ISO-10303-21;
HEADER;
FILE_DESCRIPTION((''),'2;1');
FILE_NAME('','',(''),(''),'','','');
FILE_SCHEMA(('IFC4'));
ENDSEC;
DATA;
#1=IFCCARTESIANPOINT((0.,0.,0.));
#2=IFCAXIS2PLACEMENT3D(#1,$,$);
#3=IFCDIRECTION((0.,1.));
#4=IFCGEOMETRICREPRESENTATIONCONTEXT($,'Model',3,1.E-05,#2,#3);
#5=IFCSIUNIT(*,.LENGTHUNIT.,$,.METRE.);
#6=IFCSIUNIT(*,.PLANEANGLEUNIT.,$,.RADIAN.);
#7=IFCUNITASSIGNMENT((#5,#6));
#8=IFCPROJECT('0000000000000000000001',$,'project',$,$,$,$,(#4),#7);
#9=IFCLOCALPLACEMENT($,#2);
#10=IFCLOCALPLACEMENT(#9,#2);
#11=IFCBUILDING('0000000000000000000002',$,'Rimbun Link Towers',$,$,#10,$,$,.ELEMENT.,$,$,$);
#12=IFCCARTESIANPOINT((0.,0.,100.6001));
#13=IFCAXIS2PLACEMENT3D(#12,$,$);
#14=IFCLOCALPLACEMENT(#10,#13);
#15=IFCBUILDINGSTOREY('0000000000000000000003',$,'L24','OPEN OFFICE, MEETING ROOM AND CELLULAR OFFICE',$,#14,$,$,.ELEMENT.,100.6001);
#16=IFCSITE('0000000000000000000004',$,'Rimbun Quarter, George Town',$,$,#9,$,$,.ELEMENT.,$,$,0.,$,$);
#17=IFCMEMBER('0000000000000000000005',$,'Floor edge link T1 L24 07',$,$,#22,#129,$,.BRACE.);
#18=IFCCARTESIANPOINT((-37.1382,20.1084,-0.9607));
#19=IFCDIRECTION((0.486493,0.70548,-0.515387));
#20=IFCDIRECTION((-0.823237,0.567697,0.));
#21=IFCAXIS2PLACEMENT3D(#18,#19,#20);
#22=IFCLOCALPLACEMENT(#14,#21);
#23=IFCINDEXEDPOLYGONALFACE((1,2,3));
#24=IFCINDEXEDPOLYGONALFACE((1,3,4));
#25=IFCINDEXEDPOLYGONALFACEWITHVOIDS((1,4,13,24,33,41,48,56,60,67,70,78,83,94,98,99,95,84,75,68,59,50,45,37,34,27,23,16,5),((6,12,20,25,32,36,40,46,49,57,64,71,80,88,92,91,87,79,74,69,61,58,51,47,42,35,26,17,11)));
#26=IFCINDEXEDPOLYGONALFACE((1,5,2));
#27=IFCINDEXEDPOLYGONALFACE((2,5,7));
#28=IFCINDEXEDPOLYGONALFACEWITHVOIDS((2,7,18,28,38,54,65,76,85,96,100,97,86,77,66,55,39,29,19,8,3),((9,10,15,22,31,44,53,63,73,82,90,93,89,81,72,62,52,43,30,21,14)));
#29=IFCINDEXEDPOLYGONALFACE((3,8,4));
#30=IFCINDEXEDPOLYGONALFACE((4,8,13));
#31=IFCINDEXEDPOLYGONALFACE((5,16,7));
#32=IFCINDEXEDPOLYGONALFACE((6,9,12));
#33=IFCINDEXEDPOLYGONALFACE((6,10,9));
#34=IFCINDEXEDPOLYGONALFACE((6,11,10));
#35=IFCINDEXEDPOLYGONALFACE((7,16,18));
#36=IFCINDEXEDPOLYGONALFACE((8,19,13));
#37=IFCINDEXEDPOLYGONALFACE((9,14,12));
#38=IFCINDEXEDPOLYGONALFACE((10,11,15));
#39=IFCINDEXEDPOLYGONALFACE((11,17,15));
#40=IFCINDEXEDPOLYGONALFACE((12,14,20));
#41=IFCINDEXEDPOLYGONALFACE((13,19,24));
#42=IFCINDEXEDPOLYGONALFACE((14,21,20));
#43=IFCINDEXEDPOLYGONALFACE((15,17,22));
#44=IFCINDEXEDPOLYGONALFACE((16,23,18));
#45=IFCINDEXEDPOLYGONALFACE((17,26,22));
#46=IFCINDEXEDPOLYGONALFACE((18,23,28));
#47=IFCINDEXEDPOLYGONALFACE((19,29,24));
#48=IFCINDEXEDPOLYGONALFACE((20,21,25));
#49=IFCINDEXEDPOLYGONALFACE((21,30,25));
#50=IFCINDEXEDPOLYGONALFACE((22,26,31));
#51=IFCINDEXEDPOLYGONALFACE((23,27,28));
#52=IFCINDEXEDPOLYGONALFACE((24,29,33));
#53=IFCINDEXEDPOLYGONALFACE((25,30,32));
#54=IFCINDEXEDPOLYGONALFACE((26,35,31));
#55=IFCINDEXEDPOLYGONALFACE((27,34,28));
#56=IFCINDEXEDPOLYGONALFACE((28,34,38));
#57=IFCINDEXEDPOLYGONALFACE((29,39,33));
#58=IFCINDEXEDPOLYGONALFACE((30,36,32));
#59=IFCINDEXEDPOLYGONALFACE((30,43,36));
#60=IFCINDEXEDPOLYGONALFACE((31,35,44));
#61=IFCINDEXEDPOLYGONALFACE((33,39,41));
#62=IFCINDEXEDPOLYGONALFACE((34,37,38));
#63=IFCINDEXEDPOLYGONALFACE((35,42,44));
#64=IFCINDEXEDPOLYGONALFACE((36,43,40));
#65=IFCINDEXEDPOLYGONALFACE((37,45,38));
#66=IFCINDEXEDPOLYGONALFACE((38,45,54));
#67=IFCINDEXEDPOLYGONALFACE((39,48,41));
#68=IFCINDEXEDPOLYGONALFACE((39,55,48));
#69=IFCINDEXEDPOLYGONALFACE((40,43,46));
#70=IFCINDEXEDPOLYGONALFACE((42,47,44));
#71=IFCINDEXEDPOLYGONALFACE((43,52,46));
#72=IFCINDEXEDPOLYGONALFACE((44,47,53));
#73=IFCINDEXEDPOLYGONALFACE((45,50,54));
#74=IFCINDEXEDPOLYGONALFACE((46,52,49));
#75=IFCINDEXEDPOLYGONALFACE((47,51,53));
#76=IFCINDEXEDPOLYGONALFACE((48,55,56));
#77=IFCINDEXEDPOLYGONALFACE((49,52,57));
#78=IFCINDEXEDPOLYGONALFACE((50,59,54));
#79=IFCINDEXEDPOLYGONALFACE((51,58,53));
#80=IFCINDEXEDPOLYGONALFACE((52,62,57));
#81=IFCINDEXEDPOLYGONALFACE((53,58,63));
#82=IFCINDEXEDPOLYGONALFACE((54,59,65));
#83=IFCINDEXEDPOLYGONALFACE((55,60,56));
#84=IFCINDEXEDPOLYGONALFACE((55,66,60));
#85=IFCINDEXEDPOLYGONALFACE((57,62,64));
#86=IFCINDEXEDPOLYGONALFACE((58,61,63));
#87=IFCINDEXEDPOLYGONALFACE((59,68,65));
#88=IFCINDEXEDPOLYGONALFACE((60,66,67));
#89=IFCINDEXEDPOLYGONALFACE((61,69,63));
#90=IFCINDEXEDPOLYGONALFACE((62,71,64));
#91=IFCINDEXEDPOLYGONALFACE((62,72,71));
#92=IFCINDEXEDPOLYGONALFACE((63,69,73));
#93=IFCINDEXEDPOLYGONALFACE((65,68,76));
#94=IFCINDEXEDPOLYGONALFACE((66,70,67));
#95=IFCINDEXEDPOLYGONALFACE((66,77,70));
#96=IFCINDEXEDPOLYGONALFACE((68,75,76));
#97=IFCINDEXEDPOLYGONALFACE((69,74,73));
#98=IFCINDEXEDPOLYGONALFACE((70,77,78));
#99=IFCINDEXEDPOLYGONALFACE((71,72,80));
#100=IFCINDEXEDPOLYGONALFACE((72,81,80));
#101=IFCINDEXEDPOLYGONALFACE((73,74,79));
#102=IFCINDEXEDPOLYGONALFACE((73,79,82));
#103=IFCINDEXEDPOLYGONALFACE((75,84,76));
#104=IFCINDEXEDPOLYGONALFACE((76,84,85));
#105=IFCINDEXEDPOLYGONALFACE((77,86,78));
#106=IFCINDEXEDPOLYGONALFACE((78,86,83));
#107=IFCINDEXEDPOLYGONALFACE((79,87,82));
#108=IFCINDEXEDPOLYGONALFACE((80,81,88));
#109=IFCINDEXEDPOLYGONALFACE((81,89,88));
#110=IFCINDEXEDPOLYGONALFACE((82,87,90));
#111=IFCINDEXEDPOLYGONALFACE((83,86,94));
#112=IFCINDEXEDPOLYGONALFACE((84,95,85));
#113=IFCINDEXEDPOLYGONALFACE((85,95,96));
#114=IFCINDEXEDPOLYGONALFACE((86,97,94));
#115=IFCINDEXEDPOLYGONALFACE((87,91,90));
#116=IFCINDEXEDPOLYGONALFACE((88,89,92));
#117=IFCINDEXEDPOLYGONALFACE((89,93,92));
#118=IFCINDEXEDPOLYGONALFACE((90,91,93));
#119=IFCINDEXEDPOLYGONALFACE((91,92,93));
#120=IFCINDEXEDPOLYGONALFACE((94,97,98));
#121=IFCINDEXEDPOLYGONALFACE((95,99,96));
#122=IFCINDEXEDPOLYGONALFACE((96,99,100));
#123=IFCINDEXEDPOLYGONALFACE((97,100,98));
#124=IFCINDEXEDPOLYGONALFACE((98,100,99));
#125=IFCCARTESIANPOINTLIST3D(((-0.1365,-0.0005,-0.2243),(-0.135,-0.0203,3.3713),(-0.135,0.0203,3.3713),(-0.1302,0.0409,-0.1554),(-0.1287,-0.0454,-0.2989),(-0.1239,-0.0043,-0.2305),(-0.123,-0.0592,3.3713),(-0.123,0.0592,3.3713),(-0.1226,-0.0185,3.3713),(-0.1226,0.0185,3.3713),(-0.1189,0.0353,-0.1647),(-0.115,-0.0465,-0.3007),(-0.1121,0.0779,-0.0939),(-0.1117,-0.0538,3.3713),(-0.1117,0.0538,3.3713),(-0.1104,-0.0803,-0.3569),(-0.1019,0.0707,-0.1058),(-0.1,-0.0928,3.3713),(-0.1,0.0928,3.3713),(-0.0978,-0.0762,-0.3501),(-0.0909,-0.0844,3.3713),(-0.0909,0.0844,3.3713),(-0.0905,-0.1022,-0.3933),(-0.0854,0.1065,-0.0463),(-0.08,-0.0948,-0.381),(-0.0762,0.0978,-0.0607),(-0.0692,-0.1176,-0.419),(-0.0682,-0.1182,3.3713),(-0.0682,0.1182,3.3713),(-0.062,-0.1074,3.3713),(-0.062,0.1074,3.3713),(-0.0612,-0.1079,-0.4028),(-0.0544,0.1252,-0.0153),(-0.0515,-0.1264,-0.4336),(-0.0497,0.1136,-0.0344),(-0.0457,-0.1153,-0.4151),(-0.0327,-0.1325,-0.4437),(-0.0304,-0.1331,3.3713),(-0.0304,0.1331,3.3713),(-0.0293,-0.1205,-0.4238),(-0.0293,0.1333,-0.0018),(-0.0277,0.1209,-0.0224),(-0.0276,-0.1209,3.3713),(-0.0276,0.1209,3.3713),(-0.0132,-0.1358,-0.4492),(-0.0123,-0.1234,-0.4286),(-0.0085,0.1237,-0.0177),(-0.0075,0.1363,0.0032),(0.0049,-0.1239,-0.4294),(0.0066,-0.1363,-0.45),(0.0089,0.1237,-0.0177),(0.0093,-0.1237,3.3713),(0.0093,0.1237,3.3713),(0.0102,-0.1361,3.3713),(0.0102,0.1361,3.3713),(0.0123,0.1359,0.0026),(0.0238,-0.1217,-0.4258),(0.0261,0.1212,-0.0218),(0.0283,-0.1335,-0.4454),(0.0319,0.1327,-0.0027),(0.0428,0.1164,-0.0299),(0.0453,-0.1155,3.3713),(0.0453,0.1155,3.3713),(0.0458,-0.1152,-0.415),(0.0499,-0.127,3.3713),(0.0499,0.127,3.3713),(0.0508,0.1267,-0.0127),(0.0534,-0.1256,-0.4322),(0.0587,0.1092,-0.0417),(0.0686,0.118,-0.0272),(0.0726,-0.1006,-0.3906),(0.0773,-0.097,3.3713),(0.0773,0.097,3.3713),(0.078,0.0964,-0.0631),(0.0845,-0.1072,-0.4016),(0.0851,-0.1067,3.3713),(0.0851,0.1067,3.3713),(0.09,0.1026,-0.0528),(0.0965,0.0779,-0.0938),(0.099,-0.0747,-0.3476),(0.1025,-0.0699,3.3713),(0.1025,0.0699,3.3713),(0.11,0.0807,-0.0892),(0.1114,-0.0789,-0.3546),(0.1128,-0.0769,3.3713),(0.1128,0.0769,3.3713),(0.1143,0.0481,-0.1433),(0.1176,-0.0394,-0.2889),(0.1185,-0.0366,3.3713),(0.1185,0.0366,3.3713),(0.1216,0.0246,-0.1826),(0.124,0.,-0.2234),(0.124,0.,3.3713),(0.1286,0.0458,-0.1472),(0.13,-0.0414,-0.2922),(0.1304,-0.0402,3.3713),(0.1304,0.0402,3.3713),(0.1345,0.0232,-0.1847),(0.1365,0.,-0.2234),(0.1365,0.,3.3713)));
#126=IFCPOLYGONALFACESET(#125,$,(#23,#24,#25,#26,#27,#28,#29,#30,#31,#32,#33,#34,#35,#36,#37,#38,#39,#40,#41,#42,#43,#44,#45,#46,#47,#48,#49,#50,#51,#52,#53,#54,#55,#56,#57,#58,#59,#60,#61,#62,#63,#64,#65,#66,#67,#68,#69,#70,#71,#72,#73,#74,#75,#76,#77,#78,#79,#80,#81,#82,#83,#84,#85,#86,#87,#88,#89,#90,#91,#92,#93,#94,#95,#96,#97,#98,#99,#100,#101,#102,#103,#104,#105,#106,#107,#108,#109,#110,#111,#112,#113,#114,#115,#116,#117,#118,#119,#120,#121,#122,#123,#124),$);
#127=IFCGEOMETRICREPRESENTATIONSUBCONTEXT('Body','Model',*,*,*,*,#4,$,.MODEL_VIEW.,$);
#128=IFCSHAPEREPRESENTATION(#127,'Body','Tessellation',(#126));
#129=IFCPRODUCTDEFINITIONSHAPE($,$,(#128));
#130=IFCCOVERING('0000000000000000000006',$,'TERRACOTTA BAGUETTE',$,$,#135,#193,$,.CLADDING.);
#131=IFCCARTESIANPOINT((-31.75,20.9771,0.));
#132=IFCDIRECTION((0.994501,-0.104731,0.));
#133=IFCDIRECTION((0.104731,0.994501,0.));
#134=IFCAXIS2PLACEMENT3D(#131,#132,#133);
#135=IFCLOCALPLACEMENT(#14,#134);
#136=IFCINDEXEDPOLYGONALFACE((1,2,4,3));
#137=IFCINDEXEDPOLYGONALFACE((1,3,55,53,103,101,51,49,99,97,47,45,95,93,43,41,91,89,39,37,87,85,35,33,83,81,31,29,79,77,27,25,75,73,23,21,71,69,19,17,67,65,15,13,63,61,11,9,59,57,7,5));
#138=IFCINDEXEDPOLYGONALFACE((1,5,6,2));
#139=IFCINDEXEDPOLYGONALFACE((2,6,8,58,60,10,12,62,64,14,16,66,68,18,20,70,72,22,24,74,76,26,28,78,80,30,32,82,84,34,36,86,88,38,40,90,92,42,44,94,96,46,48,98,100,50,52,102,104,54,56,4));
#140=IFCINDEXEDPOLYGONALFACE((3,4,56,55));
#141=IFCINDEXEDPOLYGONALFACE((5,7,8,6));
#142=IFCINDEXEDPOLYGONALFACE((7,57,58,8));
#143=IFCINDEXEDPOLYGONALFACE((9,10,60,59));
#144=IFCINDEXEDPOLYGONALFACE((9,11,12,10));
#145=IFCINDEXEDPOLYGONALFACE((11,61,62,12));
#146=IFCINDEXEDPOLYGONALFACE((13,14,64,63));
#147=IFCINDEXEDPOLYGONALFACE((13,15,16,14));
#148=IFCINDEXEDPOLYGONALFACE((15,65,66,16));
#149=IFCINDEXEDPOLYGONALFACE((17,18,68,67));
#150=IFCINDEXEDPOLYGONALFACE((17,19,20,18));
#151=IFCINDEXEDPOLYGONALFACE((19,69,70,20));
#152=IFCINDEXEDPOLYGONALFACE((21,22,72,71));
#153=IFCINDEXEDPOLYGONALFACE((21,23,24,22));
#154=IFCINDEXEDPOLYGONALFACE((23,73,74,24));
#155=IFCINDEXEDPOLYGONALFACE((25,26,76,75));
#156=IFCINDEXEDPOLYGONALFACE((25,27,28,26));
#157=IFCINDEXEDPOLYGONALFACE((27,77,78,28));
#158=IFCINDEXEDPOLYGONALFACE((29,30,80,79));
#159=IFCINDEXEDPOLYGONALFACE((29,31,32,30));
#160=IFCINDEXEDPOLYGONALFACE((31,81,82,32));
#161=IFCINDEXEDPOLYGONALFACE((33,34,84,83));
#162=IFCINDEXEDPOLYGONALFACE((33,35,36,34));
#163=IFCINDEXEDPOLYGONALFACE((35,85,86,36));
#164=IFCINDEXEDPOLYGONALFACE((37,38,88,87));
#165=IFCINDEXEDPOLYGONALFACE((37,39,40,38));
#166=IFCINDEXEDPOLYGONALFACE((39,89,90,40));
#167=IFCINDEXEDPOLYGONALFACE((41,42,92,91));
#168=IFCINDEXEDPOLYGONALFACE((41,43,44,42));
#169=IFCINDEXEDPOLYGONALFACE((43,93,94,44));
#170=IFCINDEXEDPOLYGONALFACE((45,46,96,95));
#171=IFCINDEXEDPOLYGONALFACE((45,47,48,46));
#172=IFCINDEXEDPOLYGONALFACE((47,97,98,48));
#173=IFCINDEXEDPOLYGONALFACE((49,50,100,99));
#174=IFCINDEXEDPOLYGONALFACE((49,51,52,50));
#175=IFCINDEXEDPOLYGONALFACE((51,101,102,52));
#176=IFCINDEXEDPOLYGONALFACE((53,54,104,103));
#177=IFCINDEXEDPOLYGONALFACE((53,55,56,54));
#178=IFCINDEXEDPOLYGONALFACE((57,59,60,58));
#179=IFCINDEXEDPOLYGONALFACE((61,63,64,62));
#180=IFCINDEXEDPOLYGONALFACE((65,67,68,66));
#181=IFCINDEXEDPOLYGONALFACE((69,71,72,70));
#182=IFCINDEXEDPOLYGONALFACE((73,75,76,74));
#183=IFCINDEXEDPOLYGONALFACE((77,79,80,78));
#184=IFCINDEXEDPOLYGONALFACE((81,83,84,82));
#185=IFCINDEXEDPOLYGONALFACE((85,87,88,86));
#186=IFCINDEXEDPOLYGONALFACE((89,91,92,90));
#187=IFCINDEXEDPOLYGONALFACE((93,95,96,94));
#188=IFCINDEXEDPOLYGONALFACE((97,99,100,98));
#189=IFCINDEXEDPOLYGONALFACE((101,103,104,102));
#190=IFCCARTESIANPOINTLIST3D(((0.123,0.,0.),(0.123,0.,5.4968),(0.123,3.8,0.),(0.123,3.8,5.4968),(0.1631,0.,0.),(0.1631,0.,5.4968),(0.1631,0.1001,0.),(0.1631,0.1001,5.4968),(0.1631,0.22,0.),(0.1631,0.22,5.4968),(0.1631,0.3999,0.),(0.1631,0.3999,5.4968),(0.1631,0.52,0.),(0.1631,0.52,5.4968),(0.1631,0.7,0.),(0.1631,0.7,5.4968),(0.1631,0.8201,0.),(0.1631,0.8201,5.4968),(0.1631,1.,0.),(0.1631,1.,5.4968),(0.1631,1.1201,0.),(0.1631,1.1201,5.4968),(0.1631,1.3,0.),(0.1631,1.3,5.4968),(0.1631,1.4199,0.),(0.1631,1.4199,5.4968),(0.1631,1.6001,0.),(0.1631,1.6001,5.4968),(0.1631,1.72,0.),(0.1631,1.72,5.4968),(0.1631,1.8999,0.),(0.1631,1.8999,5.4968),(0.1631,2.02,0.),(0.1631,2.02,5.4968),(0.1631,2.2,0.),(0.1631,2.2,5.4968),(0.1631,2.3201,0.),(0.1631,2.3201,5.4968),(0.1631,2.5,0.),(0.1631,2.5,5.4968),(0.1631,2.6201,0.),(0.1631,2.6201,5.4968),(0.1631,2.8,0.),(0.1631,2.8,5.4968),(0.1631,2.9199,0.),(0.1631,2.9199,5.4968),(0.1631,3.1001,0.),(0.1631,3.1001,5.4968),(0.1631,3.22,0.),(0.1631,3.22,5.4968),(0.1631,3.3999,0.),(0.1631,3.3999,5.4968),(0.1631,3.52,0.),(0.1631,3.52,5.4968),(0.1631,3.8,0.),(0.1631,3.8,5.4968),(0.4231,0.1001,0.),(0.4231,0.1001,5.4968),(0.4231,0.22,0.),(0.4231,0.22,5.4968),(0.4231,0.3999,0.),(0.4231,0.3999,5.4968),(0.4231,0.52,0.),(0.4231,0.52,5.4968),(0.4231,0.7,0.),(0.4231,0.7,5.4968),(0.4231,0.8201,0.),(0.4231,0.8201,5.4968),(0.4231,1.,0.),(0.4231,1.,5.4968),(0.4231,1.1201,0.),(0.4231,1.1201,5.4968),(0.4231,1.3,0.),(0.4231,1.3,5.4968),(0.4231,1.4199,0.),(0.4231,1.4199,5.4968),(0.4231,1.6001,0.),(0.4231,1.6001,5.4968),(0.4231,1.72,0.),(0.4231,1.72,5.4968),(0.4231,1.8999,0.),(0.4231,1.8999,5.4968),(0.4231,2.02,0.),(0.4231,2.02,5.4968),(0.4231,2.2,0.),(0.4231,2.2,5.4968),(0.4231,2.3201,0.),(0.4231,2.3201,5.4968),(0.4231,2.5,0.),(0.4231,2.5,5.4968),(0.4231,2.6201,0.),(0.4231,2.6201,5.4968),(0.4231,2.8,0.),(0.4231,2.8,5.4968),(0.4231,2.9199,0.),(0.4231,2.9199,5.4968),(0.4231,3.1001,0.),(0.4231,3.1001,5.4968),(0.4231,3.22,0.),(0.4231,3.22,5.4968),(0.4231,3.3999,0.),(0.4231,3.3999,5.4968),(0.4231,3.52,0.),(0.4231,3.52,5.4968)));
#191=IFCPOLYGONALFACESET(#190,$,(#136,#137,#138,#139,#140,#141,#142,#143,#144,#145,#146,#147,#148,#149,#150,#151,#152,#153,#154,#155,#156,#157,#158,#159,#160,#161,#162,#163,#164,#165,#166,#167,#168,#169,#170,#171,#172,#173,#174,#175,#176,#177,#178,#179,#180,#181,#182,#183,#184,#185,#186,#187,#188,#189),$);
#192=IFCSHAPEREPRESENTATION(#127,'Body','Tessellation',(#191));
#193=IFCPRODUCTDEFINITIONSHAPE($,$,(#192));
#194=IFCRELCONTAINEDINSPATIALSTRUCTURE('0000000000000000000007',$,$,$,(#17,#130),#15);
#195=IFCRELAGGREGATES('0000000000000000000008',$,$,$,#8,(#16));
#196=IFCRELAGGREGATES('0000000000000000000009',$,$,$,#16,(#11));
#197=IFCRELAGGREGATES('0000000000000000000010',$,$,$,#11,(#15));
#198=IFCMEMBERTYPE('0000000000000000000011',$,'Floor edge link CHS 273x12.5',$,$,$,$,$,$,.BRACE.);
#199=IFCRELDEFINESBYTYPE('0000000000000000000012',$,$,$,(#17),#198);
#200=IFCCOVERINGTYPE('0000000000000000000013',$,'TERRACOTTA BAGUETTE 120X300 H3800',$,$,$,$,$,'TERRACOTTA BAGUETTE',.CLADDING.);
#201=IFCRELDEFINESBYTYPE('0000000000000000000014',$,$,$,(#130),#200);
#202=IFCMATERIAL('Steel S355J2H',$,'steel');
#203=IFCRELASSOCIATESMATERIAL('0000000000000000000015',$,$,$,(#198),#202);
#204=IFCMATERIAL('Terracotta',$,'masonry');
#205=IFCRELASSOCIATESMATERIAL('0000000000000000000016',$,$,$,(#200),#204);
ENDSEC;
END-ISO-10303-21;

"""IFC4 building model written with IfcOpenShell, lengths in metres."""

from ifc_helpers import new_model, si_unit, direction, frame, origin, origin_2d, place, context, subcontext, project, spatial, polyline, hollow_circle, outline, extrude, clip, halfspace, material, material_profile, profile_set, type_object, element, save


model = new_model("IFC4")

# Units and contexts
model_context = context("Model", 3, precision=1e-05, world=origin(), true_north=direction((0.0, 1.0)))
body_context = subcontext(model_context, "Body", "Model", "MODEL_VIEW")
ifc_project = project(units=[si_unit("LENGTHUNIT", "METRE"), si_unit("PLANEANGLEUNIT", "RADIAN")], contexts=[model_context])

# Site, building, storey
site_placement = place(None, origin())
site = spatial("IfcSite", under=ifc_project, at=site_placement, Name="Rimbun Quarter, George Town", CompositionType="ELEMENT", RefElevation=0.0)
building_placement = place(site_placement, origin())
building = spatial("IfcBuilding", under=site, at=building_placement, Name="Rimbun Link Towers", CompositionType="ELEMENT")
storey_placement = place(building_placement, frame((0.0, 0.0, 100.6001)))
storey = spatial("IfcBuildingStorey", under=building, at=storey_placement, Name="L24", Description="OPEN OFFICE, MEETING ROOM AND CELLULAR OFFICE", CompositionType="ELEMENT", Elevation=100.6001)

# Member
ifc_material_1 = material(Name="Steel S355J2H", Category="steel")
ifc_material_profile_1 = material_profile(ifc_material_1, hollow_circle(Radius=0.1365, WallThickness=0.0125, at=origin_2d()), Name="CHS 273x12.5")
ifc_profile_set_1 = profile_set([ifc_material_profile_1], Name="Steel S355J2H")
member_type_1 = type_object("IfcMemberType", Name="Floor edge link CHS 273x12.5", PredefinedType="BRACE", material=ifc_profile_set_1)
member_1_placement = place(storey_placement, frame((-37.1382, 20.1084, -0.9607), z_axis=(0.486493, 0.70548, -0.515387), x_axis=(-0.823237, 0.567697, 0.0)))
element("IfcMember", 1, at=member_1_placement, inside=storey, type_object=member_type_1, Name="Floor edge link T1 L24 07", PredefinedType="BRACE", context=body_context, shape_type="Clipping", body=[
    clip(extrude(hollow_circle(Radius=0.1365, WallThickness=0.0125, at=origin_2d()), frame((0.0, 0.0, -0.4734)), (0.0, 0.0, 1.0), 3.8447), halfspace(frame((0.0, 0.0, -0.2234), z_axis=(0.0, 0.856958, -0.515387)), False)),
])

# Covering
ifc_material_2 = material(Name="Terracotta", Category="masonry")
ifc_material_profile_2 = material_profile(ifc_material_2, outline(polyline([(0.123, 0.0), (0.1631, 0.0), (0.1631, 0.1001), (0.4231, 0.1001), (0.4231, 0.22), (0.1631, 0.22), (0.1631, 0.3999), (0.4231, 0.3999), (0.4231, 0.52), (0.1631, 0.52), (0.1631, 0.7), (0.4231, 0.7), (0.4231, 0.8201), (0.1631, 0.8201), (0.1631, 1.0), (0.4231, 1.0), (0.4231, 1.1201), (0.1631, 1.1201), (0.1631, 1.3), (0.4231, 1.3), (0.4231, 1.4199), (0.1631, 1.4199), (0.1631, 1.6001), (0.4231, 1.6001), (0.4231, 1.72), (0.1631, 1.72), (0.1631, 1.8999), (0.4231, 1.8999), (0.4231, 2.02), (0.1631, 2.02), (0.1631, 2.2), (0.4231, 2.2), (0.4231, 2.3201), (0.1631, 2.3201), (0.1631, 2.5), (0.4231, 2.5), (0.4231, 2.6201), (0.1631, 2.6201), (0.1631, 2.8), (0.4231, 2.8), (0.4231, 2.9199), (0.1631, 2.9199), (0.1631, 3.1001), (0.4231, 3.1001), (0.4231, 3.22), (0.1631, 3.22), (0.1631, 3.3999), (0.4231, 3.3999), (0.4231, 3.52), (0.1631, 3.52), (0.1631, 3.8), (0.123, 3.8), (0.123, 0.0)])), Name="BAGUETTE 120X300")
ifc_profile_set_2 = profile_set([ifc_material_profile_2], Name="Terracotta")
covering_type = type_object("IfcCoveringType", Name="TERRACOTTA BAGUETTE 120X300 H3800", ElementType="TERRACOTTA BAGUETTE", PredefinedType="CLADDING", material=ifc_profile_set_2)
for number, where, z_axis, x_axis, name in (
    (2, (-31.75, 20.9771, 0.0), (0.994501, -0.104731, 0.0), (0.104731, 0.994501, 0.0), "TERRACOTTA BAGUETTE"),
):
    element("IfcCovering", number, at=place(storey_placement, frame(where, z_axis=z_axis, x_axis=x_axis)), inside=storey, type_object=covering_type, Name=name, PredefinedType="CLADDING", context=body_context, shape_type="SweptSolid", body=[
        extrude(outline(polyline([(0.123, 0.0), (0.1631, 0.0), (0.1631, 0.1001), (0.4231, 0.1001), (0.4231, 0.22), (0.1631, 0.22), (0.1631, 0.3999), (0.4231, 0.3999), (0.4231, 0.52), (0.1631, 0.52), (0.1631, 0.7), (0.4231, 0.7), (0.4231, 0.8201), (0.1631, 0.8201), (0.1631, 1.0), (0.4231, 1.0), (0.4231, 1.1201), (0.1631, 1.1201), (0.1631, 1.3), (0.4231, 1.3), (0.4231, 1.4199), (0.1631, 1.4199), (0.1631, 1.6001), (0.4231, 1.6001), (0.4231, 1.72), (0.1631, 1.72), (0.1631, 1.8999), (0.4231, 1.8999), (0.4231, 2.02), (0.1631, 2.02), (0.1631, 2.2), (0.4231, 2.2), (0.4231, 2.3201), (0.1631, 2.3201), (0.1631, 2.5), (0.4231, 2.5), (0.4231, 2.6201), (0.1631, 2.6201), (0.1631, 2.8), (0.4231, 2.8), (0.4231, 2.9199), (0.1631, 2.9199), (0.1631, 3.1001), (0.4231, 3.1001), (0.4231, 3.22), (0.1631, 3.22), (0.1631, 3.3999), (0.4231, 3.3999), (0.4231, 3.52), (0.1631, 3.52), (0.1631, 3.8), (0.123, 3.8), (0.123, 0.0)])), origin(), (0.0, 0.0, 1.0), 5.4968),
    ])

save(model, "model.ifc")
